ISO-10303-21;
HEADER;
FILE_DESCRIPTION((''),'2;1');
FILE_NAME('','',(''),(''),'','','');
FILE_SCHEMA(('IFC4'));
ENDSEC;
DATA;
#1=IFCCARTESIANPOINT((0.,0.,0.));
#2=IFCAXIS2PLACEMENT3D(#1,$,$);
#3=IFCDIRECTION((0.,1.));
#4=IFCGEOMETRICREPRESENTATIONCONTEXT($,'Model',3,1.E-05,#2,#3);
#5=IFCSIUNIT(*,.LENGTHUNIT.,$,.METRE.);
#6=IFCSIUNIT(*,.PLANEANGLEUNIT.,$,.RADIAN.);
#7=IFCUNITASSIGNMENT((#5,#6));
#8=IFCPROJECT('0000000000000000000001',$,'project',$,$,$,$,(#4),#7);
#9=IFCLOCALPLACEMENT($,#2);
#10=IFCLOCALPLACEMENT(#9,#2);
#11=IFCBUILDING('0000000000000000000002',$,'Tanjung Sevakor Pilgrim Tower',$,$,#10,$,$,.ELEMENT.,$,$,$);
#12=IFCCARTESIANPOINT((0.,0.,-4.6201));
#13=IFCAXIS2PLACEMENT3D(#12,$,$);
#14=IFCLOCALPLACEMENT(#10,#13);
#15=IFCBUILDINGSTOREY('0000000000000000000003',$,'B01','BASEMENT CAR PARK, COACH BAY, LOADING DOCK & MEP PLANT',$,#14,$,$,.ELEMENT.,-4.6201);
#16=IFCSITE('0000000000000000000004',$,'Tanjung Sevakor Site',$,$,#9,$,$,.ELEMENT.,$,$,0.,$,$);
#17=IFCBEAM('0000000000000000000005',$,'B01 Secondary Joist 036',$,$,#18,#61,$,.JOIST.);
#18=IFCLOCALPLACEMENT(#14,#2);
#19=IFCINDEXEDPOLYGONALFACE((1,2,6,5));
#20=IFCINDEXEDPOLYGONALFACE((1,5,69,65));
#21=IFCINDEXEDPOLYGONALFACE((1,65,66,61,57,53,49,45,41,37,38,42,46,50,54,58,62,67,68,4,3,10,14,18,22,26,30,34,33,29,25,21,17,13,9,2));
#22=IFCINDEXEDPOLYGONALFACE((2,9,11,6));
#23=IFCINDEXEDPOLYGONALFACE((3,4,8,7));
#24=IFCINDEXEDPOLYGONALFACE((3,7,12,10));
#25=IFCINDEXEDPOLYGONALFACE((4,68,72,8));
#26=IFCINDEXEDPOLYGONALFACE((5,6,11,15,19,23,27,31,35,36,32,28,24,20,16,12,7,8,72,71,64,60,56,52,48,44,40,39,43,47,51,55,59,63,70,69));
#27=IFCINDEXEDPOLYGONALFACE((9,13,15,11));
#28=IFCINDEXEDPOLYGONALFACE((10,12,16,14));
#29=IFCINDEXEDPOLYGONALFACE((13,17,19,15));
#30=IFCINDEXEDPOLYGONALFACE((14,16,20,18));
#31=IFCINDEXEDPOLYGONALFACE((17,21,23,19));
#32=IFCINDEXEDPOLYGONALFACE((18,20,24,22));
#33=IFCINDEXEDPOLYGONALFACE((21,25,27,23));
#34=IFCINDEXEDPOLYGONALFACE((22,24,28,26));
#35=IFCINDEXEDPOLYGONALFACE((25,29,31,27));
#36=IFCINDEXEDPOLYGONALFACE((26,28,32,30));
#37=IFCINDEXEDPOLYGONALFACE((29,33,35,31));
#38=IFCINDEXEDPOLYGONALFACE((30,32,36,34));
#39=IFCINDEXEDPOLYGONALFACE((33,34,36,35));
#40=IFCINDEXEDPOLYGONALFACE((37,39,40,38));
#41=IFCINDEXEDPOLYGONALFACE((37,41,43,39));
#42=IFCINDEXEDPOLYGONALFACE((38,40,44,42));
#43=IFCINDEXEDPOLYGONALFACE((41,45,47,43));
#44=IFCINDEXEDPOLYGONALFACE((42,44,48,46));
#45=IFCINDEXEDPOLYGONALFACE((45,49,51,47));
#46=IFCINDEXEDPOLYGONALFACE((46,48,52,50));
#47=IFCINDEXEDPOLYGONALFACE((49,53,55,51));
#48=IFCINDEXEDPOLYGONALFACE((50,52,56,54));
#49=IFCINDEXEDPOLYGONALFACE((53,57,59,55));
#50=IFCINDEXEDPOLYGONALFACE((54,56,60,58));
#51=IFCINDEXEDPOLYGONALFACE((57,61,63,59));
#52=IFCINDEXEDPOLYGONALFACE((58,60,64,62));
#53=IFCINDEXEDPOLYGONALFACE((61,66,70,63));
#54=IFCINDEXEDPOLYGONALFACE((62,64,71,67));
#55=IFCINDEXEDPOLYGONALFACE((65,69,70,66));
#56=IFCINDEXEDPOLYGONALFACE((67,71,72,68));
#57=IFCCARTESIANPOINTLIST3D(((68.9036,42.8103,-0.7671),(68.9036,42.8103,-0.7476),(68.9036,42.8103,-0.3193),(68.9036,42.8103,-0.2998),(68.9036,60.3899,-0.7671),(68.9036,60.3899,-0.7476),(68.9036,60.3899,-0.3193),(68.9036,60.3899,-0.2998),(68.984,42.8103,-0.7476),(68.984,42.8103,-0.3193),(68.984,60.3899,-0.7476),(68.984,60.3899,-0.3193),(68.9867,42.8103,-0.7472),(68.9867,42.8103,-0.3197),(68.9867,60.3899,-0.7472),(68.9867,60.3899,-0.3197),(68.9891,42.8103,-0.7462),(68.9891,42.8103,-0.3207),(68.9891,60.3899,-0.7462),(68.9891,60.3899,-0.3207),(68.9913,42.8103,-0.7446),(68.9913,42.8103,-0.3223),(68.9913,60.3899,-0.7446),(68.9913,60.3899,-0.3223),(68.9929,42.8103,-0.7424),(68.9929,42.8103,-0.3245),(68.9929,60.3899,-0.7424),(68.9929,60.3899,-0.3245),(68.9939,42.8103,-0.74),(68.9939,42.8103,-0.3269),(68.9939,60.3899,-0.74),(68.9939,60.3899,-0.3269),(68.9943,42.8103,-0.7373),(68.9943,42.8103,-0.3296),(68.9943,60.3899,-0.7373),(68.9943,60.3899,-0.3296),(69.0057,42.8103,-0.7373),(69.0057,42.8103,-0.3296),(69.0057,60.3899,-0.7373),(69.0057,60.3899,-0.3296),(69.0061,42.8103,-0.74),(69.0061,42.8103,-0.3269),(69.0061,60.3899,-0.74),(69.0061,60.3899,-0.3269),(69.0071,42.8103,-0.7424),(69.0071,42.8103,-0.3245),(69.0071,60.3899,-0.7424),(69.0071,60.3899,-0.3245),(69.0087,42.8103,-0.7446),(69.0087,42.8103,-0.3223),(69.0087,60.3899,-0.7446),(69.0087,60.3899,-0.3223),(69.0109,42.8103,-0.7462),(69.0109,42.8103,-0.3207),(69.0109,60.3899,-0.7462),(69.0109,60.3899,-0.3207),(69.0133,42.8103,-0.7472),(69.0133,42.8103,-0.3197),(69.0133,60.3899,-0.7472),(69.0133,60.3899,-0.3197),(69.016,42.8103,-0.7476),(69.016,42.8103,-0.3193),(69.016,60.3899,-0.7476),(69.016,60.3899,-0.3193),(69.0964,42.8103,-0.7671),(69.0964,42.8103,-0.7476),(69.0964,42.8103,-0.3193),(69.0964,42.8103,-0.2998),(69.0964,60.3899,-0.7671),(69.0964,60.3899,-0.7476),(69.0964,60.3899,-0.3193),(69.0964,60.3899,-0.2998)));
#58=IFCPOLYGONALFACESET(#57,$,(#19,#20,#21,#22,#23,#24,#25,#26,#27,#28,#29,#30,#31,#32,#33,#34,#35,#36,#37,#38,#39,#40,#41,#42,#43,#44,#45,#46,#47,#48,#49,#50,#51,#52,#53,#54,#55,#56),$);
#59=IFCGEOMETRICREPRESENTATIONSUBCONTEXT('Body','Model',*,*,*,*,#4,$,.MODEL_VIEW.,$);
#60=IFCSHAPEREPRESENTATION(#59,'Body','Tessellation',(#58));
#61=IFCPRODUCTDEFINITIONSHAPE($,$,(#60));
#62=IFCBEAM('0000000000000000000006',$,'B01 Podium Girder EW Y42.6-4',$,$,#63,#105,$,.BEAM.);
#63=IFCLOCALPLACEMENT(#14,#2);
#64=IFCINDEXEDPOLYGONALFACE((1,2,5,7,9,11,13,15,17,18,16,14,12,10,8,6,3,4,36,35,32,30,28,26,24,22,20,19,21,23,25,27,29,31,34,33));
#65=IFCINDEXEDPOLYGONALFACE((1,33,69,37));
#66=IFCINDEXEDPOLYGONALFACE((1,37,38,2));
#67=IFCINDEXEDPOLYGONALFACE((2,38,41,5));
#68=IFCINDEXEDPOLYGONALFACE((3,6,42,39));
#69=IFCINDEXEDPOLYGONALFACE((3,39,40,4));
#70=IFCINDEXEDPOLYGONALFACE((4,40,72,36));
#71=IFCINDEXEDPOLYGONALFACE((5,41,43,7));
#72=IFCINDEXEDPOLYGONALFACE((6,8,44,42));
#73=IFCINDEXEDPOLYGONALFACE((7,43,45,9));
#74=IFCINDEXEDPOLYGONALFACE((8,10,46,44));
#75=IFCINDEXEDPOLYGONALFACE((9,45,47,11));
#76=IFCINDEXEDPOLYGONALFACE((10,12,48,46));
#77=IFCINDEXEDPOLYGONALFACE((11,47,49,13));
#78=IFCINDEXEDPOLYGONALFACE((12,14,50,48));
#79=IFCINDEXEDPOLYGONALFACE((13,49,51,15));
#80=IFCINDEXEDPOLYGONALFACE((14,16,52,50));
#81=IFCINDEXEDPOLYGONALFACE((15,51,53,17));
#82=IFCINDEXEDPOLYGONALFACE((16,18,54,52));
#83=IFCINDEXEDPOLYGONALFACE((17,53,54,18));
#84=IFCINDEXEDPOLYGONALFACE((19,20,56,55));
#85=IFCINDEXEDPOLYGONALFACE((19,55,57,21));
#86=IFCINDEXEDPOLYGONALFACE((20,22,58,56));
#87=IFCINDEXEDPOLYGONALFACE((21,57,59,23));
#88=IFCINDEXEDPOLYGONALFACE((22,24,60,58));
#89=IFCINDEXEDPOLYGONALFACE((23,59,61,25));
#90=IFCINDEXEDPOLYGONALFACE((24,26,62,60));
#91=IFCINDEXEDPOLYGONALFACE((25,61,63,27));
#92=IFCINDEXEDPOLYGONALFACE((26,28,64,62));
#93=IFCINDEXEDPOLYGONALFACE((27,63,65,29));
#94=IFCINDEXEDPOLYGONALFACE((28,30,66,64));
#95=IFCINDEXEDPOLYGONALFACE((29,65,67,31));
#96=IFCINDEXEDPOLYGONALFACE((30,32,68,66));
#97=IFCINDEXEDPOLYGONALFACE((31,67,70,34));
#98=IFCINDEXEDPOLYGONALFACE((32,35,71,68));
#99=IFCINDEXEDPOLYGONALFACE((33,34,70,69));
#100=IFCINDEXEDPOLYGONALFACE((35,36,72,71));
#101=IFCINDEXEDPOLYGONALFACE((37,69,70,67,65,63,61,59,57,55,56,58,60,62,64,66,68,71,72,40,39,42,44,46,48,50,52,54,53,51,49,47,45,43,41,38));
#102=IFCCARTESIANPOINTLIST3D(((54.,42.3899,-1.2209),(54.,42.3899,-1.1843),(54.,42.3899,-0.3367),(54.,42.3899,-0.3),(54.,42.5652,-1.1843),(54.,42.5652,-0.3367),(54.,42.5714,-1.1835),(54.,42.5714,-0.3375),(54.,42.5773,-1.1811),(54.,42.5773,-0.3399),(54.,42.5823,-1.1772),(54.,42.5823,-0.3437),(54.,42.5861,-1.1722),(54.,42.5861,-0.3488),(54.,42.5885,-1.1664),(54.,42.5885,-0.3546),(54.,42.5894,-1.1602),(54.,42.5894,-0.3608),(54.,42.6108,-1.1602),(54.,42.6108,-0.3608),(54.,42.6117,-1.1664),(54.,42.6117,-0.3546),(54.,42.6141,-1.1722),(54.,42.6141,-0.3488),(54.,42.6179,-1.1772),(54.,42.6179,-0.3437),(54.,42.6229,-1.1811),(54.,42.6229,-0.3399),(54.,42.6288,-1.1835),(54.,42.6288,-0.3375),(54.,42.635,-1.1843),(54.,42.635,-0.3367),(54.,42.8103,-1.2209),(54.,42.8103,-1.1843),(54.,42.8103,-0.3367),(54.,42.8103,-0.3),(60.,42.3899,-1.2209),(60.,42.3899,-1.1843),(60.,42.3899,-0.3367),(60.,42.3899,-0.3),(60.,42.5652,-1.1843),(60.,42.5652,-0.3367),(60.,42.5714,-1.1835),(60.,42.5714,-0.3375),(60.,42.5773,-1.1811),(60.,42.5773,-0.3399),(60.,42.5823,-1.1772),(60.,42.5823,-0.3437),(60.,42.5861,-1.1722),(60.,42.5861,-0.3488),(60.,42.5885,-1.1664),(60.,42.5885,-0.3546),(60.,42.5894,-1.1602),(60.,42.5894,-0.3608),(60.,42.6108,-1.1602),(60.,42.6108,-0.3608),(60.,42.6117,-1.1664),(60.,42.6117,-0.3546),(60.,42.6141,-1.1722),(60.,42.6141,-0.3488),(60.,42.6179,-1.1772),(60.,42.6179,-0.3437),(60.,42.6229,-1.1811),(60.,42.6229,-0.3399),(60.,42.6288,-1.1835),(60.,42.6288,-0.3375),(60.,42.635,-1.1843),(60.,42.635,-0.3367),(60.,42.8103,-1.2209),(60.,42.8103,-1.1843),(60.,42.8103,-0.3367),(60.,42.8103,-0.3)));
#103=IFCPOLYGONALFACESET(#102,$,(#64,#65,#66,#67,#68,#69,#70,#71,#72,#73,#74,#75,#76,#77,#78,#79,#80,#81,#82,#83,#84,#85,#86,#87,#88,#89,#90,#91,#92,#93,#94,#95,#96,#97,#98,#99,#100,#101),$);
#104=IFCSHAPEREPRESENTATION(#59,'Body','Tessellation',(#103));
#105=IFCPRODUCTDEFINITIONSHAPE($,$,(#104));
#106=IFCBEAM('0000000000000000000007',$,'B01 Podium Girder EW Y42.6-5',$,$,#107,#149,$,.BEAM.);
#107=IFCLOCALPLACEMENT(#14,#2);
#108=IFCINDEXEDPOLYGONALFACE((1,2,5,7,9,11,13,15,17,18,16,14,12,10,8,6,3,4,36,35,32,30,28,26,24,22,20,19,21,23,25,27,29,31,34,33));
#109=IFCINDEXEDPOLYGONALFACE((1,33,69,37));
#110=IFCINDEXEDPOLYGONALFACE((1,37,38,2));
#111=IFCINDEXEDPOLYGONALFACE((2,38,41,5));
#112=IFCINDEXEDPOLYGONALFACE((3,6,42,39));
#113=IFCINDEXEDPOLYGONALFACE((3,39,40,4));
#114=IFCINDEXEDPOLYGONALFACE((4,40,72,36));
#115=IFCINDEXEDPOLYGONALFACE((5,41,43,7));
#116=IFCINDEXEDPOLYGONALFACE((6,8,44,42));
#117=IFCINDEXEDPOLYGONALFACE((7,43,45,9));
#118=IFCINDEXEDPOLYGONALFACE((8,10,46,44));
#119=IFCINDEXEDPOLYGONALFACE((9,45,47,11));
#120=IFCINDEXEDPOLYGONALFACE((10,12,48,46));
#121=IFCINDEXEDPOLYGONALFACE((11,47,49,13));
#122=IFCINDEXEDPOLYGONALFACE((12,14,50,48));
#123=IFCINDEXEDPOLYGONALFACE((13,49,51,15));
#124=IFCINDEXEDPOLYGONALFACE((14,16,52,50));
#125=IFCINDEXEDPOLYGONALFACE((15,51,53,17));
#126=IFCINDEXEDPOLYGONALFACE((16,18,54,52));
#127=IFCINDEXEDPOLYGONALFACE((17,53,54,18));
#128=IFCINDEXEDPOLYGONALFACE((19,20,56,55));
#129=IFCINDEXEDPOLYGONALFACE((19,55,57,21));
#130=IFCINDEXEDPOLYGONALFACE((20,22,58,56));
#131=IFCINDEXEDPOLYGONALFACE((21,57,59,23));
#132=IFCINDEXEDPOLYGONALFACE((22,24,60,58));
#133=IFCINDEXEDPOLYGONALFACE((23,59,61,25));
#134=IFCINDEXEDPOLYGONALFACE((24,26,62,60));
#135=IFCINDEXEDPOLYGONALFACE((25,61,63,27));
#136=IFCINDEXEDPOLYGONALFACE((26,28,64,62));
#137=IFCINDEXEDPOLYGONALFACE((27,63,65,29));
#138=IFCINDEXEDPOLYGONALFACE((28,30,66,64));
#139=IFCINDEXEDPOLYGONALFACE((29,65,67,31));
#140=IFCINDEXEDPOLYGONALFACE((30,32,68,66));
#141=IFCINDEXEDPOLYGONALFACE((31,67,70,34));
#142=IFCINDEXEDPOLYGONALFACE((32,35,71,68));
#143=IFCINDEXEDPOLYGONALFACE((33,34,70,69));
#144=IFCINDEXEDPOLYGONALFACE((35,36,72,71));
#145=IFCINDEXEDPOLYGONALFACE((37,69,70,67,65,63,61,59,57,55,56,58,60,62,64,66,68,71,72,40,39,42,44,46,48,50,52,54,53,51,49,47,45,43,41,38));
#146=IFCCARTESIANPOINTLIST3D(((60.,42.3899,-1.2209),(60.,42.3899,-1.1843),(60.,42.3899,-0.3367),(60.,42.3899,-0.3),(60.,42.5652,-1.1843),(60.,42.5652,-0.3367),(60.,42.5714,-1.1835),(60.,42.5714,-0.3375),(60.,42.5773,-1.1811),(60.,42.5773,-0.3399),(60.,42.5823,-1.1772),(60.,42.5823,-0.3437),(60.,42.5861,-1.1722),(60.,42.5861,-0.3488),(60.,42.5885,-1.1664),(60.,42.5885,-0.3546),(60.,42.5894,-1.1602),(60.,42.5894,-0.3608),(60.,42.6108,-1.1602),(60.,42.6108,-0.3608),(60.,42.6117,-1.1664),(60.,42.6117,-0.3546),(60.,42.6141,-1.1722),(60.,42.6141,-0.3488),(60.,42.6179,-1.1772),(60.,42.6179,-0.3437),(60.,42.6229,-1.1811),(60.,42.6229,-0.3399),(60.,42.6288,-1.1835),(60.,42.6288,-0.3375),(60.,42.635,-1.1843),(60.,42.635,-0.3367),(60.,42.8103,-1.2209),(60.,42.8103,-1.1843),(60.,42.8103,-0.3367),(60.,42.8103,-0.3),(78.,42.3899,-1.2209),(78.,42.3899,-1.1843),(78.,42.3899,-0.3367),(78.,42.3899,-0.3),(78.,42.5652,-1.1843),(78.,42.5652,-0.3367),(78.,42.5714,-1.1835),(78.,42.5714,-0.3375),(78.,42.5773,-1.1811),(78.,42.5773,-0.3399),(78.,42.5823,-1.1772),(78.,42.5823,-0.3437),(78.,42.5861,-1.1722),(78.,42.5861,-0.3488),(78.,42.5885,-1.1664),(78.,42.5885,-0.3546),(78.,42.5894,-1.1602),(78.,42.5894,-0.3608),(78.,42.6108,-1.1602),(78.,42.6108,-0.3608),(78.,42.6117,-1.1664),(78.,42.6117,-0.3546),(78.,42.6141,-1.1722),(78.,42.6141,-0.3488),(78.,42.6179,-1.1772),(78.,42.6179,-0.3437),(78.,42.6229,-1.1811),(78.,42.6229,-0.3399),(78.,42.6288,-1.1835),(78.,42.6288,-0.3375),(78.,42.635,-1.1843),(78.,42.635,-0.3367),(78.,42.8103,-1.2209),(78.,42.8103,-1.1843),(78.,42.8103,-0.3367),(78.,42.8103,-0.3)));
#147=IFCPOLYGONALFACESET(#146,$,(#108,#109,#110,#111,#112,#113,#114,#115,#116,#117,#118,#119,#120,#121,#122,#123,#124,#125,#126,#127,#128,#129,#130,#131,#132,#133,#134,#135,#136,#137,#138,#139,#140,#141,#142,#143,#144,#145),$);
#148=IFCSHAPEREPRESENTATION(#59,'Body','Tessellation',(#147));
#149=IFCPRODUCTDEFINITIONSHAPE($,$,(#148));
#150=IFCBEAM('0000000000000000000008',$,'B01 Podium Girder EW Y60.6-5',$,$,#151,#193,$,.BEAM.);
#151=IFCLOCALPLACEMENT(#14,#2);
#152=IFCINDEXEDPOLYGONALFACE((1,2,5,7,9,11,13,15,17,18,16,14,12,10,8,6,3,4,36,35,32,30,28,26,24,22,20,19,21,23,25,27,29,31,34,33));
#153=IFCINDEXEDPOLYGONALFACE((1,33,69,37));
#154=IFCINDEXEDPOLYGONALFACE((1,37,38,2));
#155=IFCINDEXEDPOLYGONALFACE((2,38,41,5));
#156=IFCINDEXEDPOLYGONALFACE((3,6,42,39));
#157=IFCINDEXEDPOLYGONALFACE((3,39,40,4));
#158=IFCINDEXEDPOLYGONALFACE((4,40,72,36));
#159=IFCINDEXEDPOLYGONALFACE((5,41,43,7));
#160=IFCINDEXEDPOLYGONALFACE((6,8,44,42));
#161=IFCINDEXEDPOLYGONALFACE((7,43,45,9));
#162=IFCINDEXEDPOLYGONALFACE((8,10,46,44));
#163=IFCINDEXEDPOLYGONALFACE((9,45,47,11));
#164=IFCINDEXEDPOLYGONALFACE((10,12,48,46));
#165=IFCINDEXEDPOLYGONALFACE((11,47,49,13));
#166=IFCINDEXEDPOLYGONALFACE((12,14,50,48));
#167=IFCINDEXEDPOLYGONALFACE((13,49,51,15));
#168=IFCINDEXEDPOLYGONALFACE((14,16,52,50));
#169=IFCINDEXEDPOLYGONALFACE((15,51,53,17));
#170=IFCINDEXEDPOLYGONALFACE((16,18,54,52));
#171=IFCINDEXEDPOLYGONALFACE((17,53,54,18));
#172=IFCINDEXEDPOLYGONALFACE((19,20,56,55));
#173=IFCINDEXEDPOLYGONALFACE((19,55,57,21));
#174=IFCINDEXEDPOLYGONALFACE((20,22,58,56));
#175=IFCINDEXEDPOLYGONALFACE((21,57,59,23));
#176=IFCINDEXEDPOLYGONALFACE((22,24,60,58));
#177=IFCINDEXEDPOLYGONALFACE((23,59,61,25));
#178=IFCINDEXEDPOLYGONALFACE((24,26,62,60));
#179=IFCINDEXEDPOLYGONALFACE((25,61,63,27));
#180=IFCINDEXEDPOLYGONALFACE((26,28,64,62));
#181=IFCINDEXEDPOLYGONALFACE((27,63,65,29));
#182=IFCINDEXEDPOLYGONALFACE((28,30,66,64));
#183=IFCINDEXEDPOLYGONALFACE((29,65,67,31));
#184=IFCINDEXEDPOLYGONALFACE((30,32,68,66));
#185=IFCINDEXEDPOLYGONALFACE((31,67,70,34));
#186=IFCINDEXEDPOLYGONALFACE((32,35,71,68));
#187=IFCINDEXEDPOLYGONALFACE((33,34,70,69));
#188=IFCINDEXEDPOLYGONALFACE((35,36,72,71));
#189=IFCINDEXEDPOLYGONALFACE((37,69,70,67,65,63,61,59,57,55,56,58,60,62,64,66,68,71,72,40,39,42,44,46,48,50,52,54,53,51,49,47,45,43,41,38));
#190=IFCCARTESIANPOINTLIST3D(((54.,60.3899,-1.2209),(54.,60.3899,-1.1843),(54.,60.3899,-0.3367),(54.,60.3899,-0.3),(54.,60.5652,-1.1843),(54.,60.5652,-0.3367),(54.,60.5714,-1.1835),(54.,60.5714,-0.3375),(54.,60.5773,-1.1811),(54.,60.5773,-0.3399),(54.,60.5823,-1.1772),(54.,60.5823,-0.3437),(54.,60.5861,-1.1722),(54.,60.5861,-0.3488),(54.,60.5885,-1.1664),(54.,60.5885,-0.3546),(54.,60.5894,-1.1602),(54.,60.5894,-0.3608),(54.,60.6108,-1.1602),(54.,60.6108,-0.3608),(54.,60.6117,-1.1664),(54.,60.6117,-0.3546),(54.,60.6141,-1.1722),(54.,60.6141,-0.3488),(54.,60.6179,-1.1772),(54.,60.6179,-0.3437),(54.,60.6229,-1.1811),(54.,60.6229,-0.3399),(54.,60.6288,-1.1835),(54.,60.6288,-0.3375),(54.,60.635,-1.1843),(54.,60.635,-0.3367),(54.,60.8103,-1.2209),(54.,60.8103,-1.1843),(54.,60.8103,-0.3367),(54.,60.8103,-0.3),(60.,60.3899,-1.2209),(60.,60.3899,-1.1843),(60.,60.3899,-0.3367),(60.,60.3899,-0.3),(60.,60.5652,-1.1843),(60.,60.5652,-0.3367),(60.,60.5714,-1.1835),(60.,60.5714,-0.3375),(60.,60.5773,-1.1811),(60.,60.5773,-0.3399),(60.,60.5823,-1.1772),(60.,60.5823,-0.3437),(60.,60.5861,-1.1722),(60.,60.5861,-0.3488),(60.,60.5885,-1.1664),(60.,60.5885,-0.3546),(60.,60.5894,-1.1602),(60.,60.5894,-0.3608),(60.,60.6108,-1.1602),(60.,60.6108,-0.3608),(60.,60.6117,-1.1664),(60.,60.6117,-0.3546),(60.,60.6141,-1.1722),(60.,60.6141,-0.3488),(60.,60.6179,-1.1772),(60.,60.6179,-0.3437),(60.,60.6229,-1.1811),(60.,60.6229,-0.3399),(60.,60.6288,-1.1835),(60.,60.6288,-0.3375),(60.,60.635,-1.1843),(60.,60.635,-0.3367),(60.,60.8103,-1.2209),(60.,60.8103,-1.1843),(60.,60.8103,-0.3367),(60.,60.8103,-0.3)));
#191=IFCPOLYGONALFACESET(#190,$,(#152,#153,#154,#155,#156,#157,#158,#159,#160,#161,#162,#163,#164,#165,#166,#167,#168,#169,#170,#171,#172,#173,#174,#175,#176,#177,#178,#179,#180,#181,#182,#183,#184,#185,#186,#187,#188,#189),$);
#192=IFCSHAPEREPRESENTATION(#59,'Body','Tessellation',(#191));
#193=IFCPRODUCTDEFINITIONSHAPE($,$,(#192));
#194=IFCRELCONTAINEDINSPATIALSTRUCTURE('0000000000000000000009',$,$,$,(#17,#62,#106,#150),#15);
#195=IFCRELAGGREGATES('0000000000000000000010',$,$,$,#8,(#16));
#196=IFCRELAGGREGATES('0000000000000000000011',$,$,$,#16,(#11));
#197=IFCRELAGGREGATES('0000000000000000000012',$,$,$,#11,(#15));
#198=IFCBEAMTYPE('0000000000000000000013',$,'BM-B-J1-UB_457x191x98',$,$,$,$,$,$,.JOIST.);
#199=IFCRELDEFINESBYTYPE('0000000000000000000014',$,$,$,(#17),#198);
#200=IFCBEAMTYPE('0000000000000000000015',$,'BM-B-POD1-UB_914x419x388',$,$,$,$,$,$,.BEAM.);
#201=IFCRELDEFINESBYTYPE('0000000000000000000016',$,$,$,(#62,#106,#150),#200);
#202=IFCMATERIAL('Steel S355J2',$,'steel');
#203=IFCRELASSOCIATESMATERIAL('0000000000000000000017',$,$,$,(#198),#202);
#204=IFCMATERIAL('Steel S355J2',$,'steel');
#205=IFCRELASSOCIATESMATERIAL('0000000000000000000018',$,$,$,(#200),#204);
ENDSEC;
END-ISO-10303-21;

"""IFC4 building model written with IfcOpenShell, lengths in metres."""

from ifc_helpers import new_model, si_unit, direction, frame, origin, origin_2d, place, context, subcontext, project, spatial, i_section, extrude, material, material_profile, profile_set, type_object, element, save


model = new_model("IFC4")

# Units and contexts
model_context = context("Model", 3, precision=1e-05, world=origin(), true_north=direction((0.0, 1.0)))
body_context = subcontext(model_context, "Body", "Model", "MODEL_VIEW")
ifc_project = project(units=[si_unit("LENGTHUNIT", "METRE"), si_unit("PLANEANGLEUNIT", "RADIAN")], contexts=[model_context])

# Site, building, storey
site_placement = place(None, origin())
site = spatial("IfcSite", under=ifc_project, at=site_placement, Name="Tanjung Sevakor Site", CompositionType="ELEMENT", RefElevation=0.0)
building_placement = place(site_placement, origin())
building = spatial("IfcBuilding", under=site, at=building_placement, Name="Tanjung Sevakor Pilgrim Tower", CompositionType="ELEMENT")
storey_placement = place(building_placement, frame((0.0, 0.0, -4.6201)))
storey = spatial("IfcBuildingStorey", under=building, at=storey_placement, Name="B01", Description="BASEMENT CAR PARK, COACH BAY, LOADING DOCK & MEP PLANT", CompositionType="ELEMENT", Elevation=-4.6201)

# Beams
ifc_material_1 = material(Name="Steel S355J2", Category="steel")
ifc_material_profile_1 = material_profile(ifc_material_1, i_section(OverallWidth=0.1929, OverallDepth=0.4673, WebThickness=0.0115, FlangeThickness=0.0195, FilletRadius=0.0103, at=origin_2d()))
ifc_profile_set_1 = profile_set([ifc_material_profile_1], Name="Steel S355J2")
beam_type_1 = type_object("IfcBeamType", Name="BM-B-J1-UB_457x191x98", PredefinedType="JOIST", material=ifc_profile_set_1)
for number, where, z_axis, x_axis, name in (
    (1, (69.0, 42.8103, -0.5334), (0.0, 1.0, 0.0), (-1.0, 0.0, 0.0), "B01 Secondary Joist 036"),
):
    element("IfcBeam", number, at=place(storey_placement, frame(where, z_axis=z_axis, x_axis=x_axis)), inside=storey, type_object=beam_type_1, Name=name, PredefinedType="JOIST", context=body_context, shape_type="SweptSolid", body=[
        extrude(i_section(OverallWidth=0.1929, OverallDepth=0.4673, WebThickness=0.0115, FlangeThickness=0.0195, FilletRadius=0.0103, at=origin_2d()), origin(), (0.0, 0.0, 1.0), 17.5796),
    ])
ifc_material_2 = material(Name="Steel S355J2", Category="steel")
ifc_material_profile_2 = material_profile(ifc_material_2, i_section(OverallWidth=0.4204, OverallDepth=0.9209, WebThickness=0.0215, FlangeThickness=0.0366, FilletRadius=0.0242, at=origin_2d()))
ifc_profile_set_2 = profile_set([ifc_material_profile_2], Name="Steel S355J2")
beam_type_2 = type_object("IfcBeamType", Name="BM-B-POD1-UB_914x419x388", PredefinedType="BEAM", material=ifc_profile_set_2)
beam_1_placement = place(storey_placement, frame((54.0, 42.6001, -0.7605), z_axis=(1.0, 0.0, 0.0), x_axis=(0.0, 1.0, 0.0)))
element("IfcBeam", 2, at=beam_1_placement, inside=storey, type_object=beam_type_2, Name="B01 Podium Girder EW Y42.6-4", PredefinedType="BEAM", context=body_context, shape_type="SweptSolid", body=[
    extrude(i_section(OverallWidth=0.4204, OverallDepth=0.9209, WebThickness=0.0215, FlangeThickness=0.0366, FilletRadius=0.0242, at=origin_2d()), origin(), (0.0, 0.0, 1.0), 6.0),
])
beam_2_placement = place(storey_placement, frame((60.0, 42.6001, -0.7605), z_axis=(1.0, 0.0, 0.0), x_axis=(0.0, 1.0, 0.0)))
element("IfcBeam", 3, at=beam_2_placement, inside=storey, type_object=beam_type_2, Name="B01 Podium Girder EW Y42.6-5", PredefinedType="BEAM", context=body_context, shape_type="SweptSolid", body=[
    extrude(i_section(OverallWidth=0.4204, OverallDepth=0.9209, WebThickness=0.0215, FlangeThickness=0.0366, FilletRadius=0.0242, at=origin_2d()), origin(), (0.0, 0.0, 1.0), 18.0),
])
beam_3_placement = place(storey_placement, frame((54.0, 60.6001, -0.7605), z_axis=(1.0, 0.0, 0.0), x_axis=(0.0, 1.0, 0.0)))
element("IfcBeam", 4, at=beam_3_placement, inside=storey, type_object=beam_type_2, Name="B01 Podium Girder EW Y60.6-5", PredefinedType="BEAM", context=body_context, shape_type="SweptSolid", body=[
    extrude(i_section(OverallWidth=0.4204, OverallDepth=0.9209, WebThickness=0.0215, FlangeThickness=0.0366, FilletRadius=0.0242, at=origin_2d()), origin(), (0.0, 0.0, 1.0), 6.0),
])

save(model, "model.ifc")
